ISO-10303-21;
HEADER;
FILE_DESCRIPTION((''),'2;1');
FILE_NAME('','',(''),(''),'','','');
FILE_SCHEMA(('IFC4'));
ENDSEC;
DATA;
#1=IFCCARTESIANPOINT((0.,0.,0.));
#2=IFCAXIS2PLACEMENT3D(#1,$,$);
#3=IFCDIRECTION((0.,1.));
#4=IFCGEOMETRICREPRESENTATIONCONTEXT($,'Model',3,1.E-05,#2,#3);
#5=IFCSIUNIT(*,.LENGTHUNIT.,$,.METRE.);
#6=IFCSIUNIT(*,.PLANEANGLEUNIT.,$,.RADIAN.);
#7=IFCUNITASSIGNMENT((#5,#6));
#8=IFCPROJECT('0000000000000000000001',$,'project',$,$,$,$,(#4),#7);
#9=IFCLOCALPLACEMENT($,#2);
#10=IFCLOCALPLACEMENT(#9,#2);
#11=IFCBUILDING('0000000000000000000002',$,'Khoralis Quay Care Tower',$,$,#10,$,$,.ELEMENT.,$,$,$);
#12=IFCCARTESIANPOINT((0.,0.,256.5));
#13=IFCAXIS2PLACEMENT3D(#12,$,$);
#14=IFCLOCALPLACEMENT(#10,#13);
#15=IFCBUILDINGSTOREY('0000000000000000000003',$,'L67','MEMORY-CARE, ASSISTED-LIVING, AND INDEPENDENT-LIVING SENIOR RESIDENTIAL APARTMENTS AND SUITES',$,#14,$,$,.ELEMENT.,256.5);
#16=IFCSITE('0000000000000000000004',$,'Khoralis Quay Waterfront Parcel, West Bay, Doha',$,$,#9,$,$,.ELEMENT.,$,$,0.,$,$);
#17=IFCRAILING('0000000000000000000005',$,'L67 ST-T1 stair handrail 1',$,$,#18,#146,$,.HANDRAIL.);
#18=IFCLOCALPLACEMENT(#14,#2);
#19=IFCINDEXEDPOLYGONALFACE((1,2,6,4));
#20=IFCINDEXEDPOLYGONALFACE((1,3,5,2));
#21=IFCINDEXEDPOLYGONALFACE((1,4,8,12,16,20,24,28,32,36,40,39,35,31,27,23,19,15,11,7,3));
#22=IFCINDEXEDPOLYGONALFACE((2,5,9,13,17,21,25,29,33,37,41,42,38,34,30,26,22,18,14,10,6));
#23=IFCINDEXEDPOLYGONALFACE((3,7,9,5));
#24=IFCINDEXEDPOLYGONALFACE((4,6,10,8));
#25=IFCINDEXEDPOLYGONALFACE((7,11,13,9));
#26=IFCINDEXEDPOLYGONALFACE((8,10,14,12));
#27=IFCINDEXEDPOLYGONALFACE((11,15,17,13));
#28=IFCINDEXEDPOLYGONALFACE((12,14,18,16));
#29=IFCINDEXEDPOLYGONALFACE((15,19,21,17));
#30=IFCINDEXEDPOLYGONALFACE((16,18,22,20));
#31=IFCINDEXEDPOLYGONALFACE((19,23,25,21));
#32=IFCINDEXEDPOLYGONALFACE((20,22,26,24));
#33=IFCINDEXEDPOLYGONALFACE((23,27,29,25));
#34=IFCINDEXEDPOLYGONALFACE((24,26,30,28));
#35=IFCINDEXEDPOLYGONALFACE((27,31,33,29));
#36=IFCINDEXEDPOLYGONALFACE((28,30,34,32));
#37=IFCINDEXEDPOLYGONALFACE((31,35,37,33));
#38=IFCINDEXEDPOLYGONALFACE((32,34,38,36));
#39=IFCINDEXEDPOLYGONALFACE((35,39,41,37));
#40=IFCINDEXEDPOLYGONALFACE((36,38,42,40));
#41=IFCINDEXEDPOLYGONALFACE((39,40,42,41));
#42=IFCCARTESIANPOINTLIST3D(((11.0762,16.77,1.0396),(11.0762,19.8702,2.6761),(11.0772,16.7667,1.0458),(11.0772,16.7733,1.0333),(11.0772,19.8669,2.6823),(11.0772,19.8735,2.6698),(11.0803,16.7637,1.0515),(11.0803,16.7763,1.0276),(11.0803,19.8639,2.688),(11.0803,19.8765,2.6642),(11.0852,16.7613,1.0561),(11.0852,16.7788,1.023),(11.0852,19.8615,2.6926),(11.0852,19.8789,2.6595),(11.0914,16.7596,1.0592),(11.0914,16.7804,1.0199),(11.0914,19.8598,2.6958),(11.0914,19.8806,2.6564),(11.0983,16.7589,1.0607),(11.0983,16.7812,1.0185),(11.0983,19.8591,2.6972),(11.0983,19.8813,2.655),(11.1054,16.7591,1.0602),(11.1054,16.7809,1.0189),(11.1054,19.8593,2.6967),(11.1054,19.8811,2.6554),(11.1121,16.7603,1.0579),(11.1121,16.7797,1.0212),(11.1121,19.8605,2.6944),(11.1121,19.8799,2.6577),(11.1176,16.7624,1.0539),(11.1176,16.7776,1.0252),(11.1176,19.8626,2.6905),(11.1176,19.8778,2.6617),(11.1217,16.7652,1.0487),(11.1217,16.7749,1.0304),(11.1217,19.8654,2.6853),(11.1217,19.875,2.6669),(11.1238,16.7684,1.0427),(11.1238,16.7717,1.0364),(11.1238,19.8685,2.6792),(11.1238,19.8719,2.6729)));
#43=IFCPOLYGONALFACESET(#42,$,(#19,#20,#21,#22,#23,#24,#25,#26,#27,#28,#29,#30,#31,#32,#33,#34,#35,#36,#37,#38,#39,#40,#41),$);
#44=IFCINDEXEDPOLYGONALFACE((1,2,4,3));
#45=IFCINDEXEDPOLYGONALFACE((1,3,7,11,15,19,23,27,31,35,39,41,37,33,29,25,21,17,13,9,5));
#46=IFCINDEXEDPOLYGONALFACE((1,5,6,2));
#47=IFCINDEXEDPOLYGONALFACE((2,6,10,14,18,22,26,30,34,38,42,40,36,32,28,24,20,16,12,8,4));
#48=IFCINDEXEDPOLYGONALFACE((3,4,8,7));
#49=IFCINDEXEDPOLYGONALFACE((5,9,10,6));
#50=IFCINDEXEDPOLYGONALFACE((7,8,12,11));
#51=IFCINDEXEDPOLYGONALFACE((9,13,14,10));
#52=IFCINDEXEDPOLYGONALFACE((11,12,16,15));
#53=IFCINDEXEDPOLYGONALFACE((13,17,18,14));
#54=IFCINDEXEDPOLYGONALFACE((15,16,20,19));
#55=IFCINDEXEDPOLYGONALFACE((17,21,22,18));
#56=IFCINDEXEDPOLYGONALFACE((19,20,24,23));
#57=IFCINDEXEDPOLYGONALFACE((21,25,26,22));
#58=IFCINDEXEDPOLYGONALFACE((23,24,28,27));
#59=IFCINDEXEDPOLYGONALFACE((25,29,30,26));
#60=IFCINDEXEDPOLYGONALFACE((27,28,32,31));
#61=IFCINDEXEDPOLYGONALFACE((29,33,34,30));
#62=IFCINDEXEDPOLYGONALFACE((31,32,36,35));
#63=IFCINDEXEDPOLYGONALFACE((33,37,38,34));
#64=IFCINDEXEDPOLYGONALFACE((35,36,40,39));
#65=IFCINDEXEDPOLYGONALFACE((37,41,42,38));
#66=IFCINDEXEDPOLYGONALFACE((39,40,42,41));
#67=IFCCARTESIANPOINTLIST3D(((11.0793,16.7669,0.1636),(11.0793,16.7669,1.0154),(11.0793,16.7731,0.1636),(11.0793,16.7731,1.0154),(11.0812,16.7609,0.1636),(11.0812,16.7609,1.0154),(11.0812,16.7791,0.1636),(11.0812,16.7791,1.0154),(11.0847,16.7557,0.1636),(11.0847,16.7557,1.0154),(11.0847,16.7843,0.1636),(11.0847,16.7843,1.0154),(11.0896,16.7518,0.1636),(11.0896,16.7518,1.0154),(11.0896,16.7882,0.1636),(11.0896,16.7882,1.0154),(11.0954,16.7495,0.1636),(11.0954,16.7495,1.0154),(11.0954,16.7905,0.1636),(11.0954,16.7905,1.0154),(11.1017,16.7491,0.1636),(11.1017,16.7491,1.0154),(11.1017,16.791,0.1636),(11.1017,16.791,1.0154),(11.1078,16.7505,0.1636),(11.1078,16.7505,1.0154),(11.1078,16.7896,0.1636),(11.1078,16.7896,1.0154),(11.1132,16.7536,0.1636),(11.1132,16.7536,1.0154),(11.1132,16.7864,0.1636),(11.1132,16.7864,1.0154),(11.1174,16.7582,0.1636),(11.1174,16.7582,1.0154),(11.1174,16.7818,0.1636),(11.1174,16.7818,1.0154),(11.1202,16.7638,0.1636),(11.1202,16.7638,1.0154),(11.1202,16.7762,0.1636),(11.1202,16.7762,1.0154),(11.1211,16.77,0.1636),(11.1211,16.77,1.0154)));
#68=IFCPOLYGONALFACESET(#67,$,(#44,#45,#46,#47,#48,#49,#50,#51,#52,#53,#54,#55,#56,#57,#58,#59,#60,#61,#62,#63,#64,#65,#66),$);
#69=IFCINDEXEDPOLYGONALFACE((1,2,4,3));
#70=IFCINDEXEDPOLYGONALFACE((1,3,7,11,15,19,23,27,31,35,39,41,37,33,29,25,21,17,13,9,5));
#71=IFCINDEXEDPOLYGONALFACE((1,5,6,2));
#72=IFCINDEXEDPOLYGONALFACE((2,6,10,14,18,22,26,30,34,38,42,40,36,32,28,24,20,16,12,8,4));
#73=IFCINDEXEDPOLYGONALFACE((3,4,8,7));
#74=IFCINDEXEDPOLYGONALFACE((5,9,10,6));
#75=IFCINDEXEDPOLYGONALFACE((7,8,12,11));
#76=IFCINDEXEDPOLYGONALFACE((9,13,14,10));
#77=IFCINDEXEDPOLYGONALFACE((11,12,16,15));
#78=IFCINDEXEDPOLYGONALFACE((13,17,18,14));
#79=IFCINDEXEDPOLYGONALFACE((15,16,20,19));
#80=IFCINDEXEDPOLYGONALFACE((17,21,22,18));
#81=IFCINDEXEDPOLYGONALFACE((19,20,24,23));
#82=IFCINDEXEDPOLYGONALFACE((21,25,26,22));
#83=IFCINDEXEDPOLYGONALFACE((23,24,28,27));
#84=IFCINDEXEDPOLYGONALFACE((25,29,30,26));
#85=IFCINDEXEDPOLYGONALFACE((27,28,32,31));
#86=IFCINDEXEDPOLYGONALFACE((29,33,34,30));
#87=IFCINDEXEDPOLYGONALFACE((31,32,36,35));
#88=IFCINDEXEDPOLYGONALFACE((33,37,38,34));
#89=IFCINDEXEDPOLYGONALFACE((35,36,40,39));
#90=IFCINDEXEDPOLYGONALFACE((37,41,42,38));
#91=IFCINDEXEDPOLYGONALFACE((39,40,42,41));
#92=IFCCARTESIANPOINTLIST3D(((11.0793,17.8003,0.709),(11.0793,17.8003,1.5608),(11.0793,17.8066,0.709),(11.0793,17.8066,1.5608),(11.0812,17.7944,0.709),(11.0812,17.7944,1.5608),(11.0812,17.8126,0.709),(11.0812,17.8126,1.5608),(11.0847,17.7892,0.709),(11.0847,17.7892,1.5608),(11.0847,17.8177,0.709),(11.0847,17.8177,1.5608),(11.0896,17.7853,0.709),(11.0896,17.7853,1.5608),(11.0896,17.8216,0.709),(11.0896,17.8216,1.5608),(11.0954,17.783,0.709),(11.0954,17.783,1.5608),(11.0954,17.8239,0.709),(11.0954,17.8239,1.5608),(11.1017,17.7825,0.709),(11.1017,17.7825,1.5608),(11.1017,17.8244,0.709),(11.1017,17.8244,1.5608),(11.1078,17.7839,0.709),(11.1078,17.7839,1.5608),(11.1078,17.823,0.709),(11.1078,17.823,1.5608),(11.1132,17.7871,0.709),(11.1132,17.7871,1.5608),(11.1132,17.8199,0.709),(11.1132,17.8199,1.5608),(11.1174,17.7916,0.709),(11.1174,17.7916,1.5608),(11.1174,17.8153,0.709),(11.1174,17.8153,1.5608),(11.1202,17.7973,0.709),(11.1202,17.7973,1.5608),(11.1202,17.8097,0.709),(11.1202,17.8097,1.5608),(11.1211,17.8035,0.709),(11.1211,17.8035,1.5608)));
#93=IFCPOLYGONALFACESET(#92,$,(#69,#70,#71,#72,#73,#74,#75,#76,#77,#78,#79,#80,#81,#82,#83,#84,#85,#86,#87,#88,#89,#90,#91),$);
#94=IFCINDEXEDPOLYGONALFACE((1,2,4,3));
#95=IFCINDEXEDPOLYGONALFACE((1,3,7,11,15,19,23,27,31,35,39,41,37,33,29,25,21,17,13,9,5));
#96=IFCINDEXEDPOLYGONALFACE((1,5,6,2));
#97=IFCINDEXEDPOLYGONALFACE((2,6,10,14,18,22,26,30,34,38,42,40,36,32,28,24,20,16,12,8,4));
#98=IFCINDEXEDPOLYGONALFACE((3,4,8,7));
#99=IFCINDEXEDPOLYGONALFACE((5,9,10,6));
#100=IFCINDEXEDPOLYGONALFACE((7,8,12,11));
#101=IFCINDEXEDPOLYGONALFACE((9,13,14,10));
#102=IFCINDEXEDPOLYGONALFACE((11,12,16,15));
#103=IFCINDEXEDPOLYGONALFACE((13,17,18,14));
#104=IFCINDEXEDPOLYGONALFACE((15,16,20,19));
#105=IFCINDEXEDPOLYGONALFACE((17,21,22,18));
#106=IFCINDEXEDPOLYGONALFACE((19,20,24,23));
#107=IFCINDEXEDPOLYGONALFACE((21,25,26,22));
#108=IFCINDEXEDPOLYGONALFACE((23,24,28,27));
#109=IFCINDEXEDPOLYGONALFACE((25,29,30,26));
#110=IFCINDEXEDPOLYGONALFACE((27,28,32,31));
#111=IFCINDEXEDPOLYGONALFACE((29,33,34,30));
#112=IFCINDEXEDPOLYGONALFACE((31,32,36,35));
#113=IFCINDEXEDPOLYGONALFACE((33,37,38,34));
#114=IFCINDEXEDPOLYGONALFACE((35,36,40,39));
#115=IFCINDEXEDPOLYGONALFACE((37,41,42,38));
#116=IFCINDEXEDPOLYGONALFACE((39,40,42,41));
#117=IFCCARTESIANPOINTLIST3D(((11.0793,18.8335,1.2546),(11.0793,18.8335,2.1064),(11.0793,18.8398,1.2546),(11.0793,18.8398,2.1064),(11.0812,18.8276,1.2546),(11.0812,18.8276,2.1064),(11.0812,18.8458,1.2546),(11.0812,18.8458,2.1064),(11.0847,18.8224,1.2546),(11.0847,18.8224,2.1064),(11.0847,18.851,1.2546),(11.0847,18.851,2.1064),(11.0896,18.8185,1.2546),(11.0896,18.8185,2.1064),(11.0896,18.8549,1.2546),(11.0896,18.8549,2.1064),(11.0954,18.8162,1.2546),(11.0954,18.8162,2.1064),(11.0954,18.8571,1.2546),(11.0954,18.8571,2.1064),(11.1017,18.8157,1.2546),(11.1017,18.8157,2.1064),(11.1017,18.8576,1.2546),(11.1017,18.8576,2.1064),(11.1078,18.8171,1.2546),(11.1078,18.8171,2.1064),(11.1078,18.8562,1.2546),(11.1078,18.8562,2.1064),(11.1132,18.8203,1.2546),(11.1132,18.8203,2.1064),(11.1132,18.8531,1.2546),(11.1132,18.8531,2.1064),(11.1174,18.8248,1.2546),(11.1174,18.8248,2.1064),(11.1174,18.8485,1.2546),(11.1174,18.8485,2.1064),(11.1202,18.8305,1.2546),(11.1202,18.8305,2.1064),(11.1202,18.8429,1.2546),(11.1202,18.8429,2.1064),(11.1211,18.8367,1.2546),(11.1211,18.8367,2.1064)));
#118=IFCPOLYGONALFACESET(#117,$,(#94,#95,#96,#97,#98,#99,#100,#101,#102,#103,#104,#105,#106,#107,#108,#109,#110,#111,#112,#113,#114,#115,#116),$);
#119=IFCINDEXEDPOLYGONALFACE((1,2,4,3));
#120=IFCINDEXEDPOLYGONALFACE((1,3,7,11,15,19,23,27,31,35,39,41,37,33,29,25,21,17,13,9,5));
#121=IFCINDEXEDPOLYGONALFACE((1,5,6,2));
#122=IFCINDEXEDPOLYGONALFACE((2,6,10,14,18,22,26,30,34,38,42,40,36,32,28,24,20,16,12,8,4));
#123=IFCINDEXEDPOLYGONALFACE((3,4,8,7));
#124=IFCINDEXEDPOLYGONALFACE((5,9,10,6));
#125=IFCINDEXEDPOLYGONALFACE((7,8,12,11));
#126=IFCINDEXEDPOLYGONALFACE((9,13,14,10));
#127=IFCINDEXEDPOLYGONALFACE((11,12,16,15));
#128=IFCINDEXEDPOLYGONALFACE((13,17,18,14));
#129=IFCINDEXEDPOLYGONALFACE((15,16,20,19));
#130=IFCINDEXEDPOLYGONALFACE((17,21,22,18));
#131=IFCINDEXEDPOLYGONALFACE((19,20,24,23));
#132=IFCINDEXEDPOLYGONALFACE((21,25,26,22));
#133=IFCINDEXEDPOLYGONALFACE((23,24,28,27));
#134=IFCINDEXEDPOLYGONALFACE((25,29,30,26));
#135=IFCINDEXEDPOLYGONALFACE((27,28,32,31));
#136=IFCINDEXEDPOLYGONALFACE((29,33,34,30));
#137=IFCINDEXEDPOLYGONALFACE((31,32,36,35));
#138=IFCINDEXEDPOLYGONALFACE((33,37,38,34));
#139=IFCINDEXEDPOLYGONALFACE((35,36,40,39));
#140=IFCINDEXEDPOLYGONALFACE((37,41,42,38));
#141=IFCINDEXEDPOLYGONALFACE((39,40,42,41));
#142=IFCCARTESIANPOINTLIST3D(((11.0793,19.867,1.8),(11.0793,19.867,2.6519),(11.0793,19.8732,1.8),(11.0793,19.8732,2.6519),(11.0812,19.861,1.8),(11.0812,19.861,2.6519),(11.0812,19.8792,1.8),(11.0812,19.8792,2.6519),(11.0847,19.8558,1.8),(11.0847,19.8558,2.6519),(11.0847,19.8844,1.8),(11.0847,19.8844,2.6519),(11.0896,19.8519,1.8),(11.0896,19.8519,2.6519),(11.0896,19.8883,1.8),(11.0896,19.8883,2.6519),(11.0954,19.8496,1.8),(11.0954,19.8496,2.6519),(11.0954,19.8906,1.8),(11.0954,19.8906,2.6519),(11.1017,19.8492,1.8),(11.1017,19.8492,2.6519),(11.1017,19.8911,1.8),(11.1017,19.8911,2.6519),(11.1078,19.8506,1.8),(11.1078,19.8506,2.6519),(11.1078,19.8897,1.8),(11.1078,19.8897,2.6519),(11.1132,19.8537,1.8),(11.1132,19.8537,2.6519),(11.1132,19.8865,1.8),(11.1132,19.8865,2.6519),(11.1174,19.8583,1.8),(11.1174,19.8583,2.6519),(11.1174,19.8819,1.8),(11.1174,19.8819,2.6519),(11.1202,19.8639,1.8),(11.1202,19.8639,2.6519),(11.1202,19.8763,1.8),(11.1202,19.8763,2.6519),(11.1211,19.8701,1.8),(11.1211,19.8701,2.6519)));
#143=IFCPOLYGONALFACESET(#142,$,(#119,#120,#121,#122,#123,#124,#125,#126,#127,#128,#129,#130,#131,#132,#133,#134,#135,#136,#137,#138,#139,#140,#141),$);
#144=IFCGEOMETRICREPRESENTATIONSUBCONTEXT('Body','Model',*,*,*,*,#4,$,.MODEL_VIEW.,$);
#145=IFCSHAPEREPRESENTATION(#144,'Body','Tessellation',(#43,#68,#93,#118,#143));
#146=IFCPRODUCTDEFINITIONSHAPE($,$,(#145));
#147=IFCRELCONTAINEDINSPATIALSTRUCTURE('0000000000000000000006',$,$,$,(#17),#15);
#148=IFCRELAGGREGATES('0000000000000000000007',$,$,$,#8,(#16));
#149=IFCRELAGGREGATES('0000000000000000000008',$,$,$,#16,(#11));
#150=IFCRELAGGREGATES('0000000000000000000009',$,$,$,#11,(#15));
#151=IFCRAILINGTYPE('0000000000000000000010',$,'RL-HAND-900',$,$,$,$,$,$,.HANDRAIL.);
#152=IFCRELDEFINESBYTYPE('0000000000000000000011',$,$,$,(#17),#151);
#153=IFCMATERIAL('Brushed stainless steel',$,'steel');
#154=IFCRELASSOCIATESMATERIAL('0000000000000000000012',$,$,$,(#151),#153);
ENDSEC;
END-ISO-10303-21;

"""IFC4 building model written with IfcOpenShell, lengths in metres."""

from ifc_helpers import new_model, si_unit, direction, frame, origin, origin_2d, place, context, subcontext, project, spatial, circle, extrude, material, type_object, element, save


model = new_model("IFC4")

# Units and contexts
model_context = context("Model", 3, precision=1e-05, world=origin(), true_north=direction((0.0, 1.0)))
body_context = subcontext(model_context, "Body", "Model", "MODEL_VIEW")
ifc_project = project(units=[si_unit("LENGTHUNIT", "METRE"), si_unit("PLANEANGLEUNIT", "RADIAN")], contexts=[model_context])

# Site, building, storey
site_placement = place(None, origin())
site = spatial("IfcSite", under=ifc_project, at=site_placement, Name="Khoralis Quay Waterfront Parcel, West Bay, Doha", CompositionType="ELEMENT", RefElevation=0.0)
building_placement = place(site_placement, origin())
building = spatial("IfcBuilding", under=site, at=building_placement, Name="Khoralis Quay Care Tower", CompositionType="ELEMENT")
storey_placement = place(building_placement, frame((0.0, 0.0, 256.5)))
storey = spatial("IfcBuildingStorey", under=building, at=storey_placement, Name="L67", Description="MEMORY-CARE, ASSISTED-LIVING, AND INDEPENDENT-LIVING SENIOR RESIDENTIAL APARTMENTS AND SUITES", CompositionType="ELEMENT", Elevation=256.5)

# Shared definitions
ifc_material_1 = material(Name="Brushed stainless steel", Category="steel")

# Railing
railing_type_1 = type_object("IfcRailingType", Name="RL-HAND-900", PredefinedType="HANDRAIL", material=ifc_material_1)
railing_1_placement = place(storey_placement, frame((11.1001, 16.77, 0.1636)))
element("IfcRailing", 1, at=railing_1_placement, inside=storey, type_object=railing_type_1, Name="L67 ST-T1 stair handrail 1", PredefinedType="HANDRAIL", context=body_context, shape_type="SweptSolid", body=[
    extrude(circle(Radius=0.0239, at=origin_2d()), frame((0.0, 0.0, 0.876), z_axis=(0.0, 0.884348, 0.466828), x_axis=(-1.0, 0.0, 0.0)), (0.0, 0.0, 1.0), 3.5056),
    extrude(circle(Radius=0.021, at=origin_2d()), origin(), (0.0, 0.0, 1.0), 0.8518),
    extrude(circle(Radius=0.021, at=origin_2d()), frame((0.0, 1.0334, 0.5454)), (0.0, 0.0, 1.0), 0.8518),
    extrude(circle(Radius=0.021, at=origin_2d()), frame((0.0, 2.0667, 1.0911)), (0.0, 0.0, 1.0), 0.8518),
    extrude(circle(Radius=0.021, at=origin_2d()), frame((0.0, 3.1001, 1.6365)), (0.0, 0.0, 1.0), 0.8518),
])

save(model, "model.ifc")
